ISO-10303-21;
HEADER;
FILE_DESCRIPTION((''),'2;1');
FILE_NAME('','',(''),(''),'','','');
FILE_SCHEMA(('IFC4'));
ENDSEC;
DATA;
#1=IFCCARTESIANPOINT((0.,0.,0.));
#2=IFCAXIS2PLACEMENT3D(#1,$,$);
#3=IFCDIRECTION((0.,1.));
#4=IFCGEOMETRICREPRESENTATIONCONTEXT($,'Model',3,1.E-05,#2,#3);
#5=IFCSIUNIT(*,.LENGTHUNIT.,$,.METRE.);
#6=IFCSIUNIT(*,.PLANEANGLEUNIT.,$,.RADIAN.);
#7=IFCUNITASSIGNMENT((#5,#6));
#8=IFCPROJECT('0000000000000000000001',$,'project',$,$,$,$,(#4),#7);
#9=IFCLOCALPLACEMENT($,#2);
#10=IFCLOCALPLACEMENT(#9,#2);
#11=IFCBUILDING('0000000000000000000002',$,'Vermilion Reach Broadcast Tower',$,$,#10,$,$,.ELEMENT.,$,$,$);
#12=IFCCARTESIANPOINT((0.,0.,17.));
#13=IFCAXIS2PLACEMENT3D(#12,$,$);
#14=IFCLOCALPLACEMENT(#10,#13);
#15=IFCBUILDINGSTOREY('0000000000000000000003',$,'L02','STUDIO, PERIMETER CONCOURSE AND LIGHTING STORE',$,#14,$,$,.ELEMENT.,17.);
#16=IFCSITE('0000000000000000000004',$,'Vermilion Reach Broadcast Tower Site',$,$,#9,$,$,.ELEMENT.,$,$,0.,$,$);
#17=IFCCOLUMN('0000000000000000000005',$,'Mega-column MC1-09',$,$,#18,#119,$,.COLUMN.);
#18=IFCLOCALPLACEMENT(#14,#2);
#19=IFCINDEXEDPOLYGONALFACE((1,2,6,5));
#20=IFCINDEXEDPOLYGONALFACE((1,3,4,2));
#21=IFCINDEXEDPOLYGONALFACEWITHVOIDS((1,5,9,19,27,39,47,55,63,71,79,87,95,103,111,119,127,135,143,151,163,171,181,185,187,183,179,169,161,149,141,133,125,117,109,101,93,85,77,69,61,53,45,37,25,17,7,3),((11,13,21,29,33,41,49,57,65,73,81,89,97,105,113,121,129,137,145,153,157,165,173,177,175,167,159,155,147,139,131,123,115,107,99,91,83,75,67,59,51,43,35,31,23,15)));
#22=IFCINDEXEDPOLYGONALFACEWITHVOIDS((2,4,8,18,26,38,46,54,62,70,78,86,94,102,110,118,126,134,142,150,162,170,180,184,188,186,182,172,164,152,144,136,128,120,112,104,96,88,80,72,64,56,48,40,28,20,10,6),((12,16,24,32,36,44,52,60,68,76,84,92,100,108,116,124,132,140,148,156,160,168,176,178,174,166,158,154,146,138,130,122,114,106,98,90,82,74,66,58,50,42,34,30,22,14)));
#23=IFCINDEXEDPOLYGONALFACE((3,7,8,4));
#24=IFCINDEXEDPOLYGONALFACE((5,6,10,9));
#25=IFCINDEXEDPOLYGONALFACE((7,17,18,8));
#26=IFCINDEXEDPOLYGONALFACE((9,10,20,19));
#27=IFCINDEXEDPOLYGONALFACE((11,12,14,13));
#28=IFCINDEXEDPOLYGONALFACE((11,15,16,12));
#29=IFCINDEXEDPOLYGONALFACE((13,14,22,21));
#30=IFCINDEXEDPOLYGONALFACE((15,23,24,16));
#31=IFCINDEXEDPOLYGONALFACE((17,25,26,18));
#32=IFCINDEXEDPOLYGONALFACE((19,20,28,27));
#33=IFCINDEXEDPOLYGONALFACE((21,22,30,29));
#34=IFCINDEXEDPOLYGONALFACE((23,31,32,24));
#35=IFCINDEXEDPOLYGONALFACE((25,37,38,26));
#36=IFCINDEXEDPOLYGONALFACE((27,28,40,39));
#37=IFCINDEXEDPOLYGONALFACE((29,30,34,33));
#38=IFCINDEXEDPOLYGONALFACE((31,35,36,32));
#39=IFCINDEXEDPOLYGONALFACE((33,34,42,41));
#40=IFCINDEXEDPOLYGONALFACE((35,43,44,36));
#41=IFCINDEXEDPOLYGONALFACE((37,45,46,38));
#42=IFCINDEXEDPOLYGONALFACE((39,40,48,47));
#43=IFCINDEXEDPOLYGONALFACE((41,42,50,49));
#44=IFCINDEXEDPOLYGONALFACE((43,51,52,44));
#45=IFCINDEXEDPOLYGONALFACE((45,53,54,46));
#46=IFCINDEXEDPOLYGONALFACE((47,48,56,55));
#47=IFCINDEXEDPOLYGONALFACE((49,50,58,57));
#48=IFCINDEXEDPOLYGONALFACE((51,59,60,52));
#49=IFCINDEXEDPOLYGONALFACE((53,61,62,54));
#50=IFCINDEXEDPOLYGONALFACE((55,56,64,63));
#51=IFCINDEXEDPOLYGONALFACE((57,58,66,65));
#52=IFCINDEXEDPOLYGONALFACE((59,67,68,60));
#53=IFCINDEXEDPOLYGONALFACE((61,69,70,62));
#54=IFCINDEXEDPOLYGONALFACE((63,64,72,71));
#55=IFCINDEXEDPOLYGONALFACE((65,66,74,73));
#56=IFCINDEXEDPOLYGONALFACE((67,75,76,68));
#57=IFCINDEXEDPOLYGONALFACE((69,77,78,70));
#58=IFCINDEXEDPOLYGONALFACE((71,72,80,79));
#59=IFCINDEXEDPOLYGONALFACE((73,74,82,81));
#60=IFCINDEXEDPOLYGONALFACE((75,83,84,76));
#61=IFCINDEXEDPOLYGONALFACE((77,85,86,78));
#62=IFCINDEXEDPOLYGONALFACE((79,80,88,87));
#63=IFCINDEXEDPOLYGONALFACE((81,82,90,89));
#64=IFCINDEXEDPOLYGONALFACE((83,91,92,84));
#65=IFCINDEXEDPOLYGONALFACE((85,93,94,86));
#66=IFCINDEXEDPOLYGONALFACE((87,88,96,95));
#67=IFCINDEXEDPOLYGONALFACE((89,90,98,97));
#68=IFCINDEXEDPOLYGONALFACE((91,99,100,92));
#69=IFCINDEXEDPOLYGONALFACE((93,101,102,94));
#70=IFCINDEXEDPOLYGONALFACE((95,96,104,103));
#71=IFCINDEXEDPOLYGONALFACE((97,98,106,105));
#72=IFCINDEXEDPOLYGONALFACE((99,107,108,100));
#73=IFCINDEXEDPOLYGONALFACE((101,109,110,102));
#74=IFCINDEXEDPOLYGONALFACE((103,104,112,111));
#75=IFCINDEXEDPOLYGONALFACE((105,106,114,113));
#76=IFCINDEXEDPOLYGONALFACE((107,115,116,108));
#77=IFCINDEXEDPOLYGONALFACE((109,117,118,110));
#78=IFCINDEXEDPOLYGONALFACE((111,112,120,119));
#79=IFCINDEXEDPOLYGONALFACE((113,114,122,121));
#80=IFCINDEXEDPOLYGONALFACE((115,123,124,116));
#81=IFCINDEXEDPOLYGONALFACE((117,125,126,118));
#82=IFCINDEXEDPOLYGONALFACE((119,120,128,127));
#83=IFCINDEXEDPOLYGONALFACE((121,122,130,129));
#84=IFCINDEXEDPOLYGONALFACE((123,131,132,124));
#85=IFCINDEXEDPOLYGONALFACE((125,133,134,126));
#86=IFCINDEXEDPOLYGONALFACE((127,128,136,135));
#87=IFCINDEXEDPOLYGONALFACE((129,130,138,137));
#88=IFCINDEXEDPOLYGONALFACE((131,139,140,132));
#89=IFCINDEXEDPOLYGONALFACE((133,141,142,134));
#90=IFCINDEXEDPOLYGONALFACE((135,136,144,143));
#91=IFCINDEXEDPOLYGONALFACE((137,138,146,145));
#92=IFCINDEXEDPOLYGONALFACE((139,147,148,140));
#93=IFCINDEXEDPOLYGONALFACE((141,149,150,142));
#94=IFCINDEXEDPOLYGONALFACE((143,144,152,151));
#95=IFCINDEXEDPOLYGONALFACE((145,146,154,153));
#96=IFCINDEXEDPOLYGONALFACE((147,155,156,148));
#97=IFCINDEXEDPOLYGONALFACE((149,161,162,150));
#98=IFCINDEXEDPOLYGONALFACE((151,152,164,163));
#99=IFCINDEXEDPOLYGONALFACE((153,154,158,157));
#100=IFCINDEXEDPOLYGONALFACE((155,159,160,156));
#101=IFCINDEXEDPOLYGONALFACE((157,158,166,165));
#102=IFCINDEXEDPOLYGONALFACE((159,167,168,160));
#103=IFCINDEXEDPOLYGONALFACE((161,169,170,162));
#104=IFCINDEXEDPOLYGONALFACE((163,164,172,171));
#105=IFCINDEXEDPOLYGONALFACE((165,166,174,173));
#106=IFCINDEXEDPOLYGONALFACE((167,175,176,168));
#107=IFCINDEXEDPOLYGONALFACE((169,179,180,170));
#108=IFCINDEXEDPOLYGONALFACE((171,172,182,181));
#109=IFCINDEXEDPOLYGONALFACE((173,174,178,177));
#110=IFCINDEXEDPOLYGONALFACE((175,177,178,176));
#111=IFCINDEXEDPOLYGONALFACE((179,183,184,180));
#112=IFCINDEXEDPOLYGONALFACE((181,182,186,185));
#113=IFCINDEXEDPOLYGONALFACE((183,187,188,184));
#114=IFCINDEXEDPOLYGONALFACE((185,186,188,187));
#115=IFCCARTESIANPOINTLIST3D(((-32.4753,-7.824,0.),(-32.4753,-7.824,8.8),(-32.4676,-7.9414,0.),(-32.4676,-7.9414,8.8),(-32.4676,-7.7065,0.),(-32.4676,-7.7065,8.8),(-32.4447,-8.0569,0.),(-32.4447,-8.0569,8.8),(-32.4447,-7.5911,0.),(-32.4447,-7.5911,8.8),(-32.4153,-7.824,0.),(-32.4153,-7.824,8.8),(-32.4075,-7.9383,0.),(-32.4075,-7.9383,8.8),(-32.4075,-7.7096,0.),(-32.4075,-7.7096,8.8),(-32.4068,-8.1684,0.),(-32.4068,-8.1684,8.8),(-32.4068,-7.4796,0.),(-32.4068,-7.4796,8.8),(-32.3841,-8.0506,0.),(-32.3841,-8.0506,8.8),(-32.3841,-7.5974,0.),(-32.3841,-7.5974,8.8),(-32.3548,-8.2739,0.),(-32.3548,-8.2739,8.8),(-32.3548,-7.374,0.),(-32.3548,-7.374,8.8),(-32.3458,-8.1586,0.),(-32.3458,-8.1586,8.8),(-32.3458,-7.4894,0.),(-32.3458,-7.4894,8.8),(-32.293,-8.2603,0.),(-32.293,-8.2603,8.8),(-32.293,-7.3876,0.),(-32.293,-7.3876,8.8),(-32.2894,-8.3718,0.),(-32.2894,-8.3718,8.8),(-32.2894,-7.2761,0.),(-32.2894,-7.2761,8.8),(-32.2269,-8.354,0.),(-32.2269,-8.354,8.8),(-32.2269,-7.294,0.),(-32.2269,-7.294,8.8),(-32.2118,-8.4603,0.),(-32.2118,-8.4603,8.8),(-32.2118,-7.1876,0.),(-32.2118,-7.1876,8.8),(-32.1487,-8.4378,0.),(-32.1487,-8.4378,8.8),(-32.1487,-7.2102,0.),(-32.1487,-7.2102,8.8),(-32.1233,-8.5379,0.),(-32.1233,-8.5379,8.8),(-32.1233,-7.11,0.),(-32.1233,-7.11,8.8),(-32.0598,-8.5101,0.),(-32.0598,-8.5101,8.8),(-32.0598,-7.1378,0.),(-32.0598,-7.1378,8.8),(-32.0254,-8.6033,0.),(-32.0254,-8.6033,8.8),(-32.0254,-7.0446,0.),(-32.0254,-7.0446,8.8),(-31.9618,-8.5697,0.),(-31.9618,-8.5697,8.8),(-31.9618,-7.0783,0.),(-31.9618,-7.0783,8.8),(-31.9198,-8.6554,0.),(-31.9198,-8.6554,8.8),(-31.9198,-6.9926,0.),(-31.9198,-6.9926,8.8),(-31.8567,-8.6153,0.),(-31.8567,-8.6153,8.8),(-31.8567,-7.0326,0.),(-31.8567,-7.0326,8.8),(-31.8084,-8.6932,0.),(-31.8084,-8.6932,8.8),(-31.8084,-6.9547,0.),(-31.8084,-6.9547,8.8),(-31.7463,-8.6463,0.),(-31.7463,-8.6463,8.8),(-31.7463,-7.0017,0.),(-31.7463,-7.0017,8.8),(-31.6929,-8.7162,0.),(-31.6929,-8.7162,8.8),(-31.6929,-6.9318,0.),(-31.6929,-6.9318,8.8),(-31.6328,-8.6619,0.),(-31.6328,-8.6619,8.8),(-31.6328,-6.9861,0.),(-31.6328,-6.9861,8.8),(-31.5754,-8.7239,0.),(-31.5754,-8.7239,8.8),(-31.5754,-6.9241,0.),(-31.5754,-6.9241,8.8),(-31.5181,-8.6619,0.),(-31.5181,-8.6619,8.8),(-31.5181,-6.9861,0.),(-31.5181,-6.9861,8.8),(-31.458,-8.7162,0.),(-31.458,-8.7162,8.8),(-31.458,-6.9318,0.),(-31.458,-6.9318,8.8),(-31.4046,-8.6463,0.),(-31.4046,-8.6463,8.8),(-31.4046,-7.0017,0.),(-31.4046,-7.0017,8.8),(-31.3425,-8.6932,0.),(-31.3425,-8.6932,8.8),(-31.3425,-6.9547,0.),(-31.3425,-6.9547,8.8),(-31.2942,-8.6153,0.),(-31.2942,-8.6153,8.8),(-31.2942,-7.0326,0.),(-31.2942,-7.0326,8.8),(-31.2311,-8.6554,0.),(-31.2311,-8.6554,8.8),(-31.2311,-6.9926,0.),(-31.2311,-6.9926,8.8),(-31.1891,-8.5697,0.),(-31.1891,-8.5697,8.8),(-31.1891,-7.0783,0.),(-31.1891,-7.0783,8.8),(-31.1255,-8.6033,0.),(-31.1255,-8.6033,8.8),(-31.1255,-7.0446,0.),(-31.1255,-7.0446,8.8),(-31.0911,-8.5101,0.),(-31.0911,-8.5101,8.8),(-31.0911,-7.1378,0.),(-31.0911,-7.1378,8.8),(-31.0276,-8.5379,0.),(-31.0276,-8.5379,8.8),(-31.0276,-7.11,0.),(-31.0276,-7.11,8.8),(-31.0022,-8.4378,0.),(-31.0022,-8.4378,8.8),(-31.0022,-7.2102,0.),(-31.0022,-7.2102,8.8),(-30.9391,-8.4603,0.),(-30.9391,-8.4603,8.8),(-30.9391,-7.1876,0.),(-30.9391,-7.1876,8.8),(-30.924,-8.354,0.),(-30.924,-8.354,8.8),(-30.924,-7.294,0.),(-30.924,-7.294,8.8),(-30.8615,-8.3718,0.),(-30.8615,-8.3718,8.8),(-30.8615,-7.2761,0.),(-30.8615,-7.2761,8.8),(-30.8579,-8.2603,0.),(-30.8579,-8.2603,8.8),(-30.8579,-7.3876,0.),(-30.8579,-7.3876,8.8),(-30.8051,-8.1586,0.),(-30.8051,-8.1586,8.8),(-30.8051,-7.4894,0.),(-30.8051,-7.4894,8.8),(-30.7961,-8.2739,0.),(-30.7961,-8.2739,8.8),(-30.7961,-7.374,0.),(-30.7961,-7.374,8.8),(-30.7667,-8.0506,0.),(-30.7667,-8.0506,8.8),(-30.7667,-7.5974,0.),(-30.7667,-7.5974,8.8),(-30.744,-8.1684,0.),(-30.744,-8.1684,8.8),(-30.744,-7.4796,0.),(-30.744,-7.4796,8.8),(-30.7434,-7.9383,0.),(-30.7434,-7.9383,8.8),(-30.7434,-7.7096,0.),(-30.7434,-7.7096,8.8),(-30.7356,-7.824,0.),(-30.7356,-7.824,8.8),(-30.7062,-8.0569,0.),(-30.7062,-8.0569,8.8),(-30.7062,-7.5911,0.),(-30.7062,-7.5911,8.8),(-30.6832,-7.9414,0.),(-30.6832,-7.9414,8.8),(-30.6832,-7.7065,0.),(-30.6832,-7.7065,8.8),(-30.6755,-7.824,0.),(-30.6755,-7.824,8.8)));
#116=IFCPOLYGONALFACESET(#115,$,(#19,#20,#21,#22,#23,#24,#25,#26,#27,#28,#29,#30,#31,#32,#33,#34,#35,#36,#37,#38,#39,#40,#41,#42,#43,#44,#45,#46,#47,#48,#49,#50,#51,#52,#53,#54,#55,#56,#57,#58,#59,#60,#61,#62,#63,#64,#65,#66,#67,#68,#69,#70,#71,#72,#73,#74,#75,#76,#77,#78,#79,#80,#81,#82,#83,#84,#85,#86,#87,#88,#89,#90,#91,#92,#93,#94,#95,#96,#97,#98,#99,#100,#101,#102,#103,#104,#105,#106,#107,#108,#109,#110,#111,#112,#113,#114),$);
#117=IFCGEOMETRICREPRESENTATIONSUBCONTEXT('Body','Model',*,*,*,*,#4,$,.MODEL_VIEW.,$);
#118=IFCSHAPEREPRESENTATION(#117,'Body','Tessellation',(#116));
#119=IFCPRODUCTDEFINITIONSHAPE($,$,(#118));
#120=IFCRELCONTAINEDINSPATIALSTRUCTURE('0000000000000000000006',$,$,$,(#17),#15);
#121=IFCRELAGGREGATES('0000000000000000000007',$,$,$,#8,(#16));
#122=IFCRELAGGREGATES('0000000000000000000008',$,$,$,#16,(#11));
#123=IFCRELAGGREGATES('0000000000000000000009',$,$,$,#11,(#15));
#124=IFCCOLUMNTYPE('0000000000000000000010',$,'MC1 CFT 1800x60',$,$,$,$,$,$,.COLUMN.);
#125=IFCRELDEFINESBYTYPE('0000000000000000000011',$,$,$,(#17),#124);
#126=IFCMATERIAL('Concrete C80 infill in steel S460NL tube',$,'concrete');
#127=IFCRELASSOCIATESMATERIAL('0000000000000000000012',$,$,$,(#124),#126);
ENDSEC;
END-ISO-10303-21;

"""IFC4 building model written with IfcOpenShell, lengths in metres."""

from ifc_helpers import new_model, si_unit, direction, frame, origin, origin_2d, place, context, subcontext, project, spatial, hollow_circle, extrude, material, material_profile, profile_set, type_object, element, save


model = new_model("IFC4")

# Units and contexts
model_context = context("Model", 3, precision=1e-05, world=origin(), true_north=direction((0.0, 1.0)))
body_context = subcontext(model_context, "Body", "Model", "MODEL_VIEW")
ifc_project = project(units=[si_unit("LENGTHUNIT", "METRE"), si_unit("PLANEANGLEUNIT", "RADIAN")], contexts=[model_context])

# Site, building, storey
site_placement = place(None, origin())
site = spatial("IfcSite", under=ifc_project, at=site_placement, Name="Vermilion Reach Broadcast Tower Site", CompositionType="ELEMENT", RefElevation=0.0)
building_placement = place(site_placement, origin())
building = spatial("IfcBuilding", under=site, at=building_placement, Name="Vermilion Reach Broadcast Tower", CompositionType="ELEMENT")
storey_placement = place(building_placement, frame((0.0, 0.0, 17.0)))
storey = spatial("IfcBuildingStorey", under=building, at=storey_placement, Name="L02", Description="STUDIO, PERIMETER CONCOURSE AND LIGHTING STORE", CompositionType="ELEMENT", Elevation=17.0)

# Column
ifc_material_1 = material(Name="Concrete C80 infill in steel S460NL tube", Category="concrete")
ifc_material_profile_1 = material_profile(ifc_material_1, hollow_circle(Radius=0.8999, WallThickness=0.0601, at=origin_2d()), Name="Concrete C80 infill in steel S460NL tube CFT 1800x60")
ifc_profile_set_1 = profile_set([ifc_material_profile_1], Name="Concrete C80 infill in steel S460NL tube")
column_type = type_object("IfcColumnType", Name="MC1 CFT 1800x60", PredefinedType="COLUMN", material=ifc_profile_set_1)
for number, where, z_axis, x_axis, name in (
    (1, (-31.5754, -7.824, 0.0), (0.0, 0.0, 1.0), (1.0, 0.0, 0.0), "Mega-column MC1-09"),
):
    element("IfcColumn", number, at=place(storey_placement, frame(where, z_axis=z_axis, x_axis=x_axis)), inside=storey, type_object=column_type, Name=name, PredefinedType="COLUMN", context=body_context, shape_type="SweptSolid", body=[
        extrude(hollow_circle(Radius=0.8999, WallThickness=0.0601, at=origin_2d()), origin(), (0.0, 0.0, 1.0), 8.8),
    ])

save(model, "model.ifc")
